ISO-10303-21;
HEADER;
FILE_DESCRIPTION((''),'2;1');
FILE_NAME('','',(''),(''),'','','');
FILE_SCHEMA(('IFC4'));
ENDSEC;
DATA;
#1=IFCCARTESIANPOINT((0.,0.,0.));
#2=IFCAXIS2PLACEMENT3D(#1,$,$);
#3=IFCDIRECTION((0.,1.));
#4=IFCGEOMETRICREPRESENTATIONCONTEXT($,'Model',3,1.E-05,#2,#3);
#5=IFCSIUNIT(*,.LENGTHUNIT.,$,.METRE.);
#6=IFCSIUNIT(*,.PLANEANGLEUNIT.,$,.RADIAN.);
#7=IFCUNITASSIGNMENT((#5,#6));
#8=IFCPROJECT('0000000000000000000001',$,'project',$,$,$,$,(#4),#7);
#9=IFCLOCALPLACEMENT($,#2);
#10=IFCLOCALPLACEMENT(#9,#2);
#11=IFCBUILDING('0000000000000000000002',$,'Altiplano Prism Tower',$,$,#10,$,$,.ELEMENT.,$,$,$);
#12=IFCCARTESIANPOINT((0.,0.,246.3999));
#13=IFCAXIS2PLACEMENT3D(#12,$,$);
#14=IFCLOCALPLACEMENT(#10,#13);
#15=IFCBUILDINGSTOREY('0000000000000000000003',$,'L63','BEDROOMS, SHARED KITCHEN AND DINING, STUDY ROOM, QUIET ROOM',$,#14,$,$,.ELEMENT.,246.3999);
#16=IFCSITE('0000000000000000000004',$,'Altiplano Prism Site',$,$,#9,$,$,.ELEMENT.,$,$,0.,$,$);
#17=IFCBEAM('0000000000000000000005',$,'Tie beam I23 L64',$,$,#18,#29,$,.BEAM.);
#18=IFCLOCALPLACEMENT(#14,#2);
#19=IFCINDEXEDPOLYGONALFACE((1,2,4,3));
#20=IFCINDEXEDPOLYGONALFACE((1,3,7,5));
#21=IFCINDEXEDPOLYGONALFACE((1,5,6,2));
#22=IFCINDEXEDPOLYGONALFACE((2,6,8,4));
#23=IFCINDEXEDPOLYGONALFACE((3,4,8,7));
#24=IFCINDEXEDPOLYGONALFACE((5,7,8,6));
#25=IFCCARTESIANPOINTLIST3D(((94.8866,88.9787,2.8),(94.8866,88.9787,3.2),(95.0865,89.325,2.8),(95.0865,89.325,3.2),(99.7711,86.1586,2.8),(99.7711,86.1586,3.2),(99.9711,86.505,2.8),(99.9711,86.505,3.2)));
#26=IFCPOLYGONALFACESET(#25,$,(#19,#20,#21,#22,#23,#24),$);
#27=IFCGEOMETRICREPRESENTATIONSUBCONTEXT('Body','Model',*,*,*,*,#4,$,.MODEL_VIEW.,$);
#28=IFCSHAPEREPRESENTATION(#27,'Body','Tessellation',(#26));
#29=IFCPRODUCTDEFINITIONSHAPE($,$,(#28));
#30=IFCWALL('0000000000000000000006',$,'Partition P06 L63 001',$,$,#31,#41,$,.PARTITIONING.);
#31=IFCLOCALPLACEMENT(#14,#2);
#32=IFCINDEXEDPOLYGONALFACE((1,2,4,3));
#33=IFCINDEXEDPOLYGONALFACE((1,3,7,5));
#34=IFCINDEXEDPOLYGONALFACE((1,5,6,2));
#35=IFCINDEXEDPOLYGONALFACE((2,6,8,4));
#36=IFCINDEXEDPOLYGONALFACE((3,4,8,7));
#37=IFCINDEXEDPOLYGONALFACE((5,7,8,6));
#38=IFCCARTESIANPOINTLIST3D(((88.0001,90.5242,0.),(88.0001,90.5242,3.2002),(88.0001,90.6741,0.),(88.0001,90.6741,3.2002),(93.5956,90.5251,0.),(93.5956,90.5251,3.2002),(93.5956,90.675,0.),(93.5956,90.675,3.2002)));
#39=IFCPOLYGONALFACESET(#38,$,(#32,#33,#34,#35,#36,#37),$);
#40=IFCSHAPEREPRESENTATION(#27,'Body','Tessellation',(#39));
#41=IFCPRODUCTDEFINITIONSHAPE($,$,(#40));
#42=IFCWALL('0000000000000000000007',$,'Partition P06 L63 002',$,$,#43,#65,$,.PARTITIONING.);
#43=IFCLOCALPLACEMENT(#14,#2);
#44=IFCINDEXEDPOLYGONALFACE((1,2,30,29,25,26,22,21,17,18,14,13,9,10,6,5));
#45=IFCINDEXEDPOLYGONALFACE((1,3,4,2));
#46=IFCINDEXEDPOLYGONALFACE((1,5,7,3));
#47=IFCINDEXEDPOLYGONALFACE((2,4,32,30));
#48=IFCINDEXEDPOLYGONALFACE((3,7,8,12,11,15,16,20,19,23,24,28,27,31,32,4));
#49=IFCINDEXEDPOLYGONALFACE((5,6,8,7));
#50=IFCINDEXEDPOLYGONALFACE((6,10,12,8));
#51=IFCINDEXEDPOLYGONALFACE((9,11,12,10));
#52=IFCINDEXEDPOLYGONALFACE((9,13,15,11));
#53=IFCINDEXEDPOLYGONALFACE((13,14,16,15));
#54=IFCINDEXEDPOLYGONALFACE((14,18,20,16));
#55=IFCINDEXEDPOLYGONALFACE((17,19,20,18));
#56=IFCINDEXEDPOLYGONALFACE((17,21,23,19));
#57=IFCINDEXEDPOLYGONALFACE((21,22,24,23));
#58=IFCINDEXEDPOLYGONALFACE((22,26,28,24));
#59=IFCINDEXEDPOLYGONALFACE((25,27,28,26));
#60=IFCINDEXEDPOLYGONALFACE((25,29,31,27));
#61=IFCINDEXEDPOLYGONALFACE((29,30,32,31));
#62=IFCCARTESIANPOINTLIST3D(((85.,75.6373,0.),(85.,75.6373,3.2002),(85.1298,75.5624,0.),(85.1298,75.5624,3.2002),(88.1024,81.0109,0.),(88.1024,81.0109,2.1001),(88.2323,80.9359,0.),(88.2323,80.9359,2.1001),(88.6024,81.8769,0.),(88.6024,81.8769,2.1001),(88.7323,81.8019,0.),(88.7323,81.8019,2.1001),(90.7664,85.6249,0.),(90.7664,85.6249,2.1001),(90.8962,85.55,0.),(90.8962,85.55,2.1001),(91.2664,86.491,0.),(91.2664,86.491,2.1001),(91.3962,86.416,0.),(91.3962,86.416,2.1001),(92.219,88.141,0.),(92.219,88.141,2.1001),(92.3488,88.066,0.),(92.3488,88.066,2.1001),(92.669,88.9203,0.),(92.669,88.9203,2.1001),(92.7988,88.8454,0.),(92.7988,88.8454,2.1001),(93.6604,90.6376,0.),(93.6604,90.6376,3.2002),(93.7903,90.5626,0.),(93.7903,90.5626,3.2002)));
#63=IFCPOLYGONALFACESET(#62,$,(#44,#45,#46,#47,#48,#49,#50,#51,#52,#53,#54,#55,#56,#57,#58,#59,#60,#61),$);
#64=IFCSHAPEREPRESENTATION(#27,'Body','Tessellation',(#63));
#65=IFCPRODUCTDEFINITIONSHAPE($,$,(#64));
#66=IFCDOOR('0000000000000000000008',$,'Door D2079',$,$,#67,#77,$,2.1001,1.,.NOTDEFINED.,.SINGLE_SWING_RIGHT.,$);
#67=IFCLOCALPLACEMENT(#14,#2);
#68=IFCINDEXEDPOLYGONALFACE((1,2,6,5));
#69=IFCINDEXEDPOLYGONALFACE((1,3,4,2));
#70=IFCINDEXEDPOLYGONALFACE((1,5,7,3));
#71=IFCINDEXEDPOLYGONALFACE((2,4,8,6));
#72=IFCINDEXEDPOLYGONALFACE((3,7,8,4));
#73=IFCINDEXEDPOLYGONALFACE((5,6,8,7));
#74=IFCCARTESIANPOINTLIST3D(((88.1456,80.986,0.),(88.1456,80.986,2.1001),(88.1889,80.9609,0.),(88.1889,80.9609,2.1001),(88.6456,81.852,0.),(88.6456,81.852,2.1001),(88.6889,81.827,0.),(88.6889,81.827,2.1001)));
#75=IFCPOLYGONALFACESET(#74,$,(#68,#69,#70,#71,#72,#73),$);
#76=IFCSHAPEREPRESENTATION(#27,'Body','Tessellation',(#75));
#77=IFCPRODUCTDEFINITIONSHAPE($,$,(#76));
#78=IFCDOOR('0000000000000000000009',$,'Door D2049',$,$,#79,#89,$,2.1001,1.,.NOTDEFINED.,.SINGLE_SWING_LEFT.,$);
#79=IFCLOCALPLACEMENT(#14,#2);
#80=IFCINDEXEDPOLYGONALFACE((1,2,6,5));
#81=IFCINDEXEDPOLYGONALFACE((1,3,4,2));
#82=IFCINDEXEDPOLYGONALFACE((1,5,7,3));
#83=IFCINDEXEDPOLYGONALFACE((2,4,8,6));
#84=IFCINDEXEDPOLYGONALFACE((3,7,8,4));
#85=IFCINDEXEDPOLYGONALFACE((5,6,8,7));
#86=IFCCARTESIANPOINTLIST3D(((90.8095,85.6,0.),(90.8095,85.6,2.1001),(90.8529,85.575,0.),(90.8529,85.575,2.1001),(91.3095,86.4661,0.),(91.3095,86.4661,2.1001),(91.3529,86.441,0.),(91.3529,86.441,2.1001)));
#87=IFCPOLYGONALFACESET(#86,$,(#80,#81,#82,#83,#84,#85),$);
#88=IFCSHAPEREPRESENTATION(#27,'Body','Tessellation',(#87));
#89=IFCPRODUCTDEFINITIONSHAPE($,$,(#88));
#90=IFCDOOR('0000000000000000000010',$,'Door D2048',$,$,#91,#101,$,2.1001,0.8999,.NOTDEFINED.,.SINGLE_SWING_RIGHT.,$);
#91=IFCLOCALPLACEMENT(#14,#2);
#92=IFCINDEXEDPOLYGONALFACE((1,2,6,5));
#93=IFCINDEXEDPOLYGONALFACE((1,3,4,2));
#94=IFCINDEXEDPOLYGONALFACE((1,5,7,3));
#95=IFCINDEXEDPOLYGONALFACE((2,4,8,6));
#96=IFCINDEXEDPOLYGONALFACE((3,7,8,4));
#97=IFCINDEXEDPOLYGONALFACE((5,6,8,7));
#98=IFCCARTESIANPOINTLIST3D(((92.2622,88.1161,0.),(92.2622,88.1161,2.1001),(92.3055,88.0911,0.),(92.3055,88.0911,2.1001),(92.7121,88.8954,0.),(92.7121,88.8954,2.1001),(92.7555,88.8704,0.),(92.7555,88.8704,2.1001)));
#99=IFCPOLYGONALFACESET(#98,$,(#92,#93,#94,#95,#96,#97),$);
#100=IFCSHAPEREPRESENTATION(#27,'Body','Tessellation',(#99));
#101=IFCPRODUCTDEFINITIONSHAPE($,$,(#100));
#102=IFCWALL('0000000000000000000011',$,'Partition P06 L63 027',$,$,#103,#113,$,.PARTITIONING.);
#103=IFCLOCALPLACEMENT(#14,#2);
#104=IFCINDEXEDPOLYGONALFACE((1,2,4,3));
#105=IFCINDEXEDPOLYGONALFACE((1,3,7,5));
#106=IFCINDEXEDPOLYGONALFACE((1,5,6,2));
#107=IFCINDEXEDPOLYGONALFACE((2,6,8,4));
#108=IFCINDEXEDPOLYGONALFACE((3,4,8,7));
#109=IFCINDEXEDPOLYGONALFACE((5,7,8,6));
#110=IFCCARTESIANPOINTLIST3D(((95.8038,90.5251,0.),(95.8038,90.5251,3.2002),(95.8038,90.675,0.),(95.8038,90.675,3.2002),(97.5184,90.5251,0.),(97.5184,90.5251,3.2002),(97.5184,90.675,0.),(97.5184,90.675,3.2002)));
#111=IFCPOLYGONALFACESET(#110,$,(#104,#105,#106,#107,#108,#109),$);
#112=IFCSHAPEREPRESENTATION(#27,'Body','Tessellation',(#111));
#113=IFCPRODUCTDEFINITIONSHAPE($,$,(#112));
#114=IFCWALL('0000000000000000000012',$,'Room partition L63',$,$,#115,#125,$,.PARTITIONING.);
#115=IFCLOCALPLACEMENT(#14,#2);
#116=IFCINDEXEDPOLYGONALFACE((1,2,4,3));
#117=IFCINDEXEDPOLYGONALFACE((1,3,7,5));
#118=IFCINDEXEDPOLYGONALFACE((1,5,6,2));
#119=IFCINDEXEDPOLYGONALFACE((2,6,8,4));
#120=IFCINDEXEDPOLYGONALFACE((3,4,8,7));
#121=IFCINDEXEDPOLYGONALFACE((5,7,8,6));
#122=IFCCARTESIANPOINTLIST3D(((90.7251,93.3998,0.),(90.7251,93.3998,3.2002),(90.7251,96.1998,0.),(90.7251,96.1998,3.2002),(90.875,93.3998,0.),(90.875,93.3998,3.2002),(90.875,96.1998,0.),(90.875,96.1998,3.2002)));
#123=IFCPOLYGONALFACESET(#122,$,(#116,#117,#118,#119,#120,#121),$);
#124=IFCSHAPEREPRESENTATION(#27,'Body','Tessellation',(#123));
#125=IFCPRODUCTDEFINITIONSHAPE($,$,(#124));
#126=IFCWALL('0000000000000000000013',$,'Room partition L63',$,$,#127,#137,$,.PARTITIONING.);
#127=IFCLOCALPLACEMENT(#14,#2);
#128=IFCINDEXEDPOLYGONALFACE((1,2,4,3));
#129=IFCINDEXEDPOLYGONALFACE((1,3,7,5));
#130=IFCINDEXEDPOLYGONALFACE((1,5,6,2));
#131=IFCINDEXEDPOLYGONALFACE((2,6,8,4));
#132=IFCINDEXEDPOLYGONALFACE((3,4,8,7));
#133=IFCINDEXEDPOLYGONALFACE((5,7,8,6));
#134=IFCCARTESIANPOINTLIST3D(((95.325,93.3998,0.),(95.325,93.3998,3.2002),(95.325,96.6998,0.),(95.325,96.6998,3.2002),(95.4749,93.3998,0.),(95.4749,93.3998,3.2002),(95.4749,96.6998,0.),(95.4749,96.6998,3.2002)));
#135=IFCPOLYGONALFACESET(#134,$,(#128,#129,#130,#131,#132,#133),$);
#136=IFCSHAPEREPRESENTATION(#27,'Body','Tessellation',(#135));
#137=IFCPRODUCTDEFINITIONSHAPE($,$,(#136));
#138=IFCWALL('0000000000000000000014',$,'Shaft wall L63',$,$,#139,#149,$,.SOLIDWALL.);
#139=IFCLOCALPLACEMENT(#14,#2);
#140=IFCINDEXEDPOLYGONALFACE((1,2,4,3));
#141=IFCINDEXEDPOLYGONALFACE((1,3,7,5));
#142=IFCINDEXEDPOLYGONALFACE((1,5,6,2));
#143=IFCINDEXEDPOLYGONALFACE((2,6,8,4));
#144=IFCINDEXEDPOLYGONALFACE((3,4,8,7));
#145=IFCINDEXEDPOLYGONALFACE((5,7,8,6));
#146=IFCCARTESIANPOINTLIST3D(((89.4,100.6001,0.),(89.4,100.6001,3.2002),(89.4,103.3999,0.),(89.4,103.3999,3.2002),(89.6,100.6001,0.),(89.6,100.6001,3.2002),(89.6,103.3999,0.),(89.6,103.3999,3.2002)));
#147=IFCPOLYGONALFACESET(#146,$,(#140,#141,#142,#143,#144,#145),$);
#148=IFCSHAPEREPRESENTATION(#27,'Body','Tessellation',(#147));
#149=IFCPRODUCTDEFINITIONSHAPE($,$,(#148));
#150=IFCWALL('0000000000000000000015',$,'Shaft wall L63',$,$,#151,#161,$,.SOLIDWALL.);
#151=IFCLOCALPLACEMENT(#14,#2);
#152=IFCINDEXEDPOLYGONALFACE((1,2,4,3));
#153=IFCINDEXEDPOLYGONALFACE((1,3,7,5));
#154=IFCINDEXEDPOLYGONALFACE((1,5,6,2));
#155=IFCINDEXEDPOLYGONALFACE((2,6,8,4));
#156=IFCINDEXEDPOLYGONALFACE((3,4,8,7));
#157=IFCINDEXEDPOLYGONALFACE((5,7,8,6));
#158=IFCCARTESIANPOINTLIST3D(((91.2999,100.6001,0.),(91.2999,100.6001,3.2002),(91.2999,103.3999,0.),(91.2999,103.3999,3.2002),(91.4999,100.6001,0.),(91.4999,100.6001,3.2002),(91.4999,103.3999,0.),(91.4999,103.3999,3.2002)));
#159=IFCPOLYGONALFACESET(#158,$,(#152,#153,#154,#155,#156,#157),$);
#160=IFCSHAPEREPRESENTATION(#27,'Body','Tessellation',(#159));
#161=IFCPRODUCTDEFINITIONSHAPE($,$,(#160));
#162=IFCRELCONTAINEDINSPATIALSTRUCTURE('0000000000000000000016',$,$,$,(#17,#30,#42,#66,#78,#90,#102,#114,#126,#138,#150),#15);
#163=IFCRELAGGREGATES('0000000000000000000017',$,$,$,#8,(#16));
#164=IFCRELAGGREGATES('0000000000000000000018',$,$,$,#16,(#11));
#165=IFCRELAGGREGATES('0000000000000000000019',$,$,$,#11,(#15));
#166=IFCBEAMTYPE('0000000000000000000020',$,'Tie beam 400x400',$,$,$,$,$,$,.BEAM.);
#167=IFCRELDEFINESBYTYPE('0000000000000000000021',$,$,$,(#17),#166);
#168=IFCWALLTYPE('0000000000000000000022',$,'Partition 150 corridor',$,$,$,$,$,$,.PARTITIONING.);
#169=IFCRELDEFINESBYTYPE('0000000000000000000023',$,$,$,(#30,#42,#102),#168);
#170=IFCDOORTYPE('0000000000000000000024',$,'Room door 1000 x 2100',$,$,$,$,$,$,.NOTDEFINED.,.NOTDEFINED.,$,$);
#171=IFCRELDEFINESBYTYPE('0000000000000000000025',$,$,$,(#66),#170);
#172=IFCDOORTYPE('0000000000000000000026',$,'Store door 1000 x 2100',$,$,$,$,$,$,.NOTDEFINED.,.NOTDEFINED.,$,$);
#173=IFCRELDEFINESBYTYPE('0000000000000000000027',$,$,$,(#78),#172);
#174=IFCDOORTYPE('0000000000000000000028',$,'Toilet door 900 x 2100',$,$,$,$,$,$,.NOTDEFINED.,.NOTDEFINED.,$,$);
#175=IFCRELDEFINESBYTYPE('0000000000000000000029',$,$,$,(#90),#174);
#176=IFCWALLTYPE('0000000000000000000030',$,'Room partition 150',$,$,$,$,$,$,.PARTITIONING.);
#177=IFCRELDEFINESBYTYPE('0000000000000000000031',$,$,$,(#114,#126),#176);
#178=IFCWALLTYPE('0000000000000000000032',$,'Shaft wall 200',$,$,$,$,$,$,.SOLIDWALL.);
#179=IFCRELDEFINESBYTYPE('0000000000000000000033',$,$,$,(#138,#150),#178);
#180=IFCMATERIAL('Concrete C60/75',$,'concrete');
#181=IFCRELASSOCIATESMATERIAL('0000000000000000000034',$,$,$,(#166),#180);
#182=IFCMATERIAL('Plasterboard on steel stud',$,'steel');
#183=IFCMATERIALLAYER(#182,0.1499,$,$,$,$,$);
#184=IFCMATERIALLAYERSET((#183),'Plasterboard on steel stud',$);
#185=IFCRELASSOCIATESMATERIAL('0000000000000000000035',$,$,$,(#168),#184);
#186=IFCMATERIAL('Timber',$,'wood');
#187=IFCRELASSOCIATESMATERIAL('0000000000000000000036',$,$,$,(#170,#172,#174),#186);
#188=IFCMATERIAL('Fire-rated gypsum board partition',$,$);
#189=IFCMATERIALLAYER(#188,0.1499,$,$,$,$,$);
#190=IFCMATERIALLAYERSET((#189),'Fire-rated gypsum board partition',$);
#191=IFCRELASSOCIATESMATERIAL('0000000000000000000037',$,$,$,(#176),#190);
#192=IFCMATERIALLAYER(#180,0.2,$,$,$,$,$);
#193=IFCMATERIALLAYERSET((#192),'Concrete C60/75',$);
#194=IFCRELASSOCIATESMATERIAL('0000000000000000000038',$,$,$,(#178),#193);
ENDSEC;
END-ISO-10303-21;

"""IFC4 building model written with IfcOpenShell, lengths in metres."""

from ifc_helpers import new_model, si_unit, direction, frame, frame_2d, origin, origin_2d, place, context, subcontext, project, spatial, rectangle, extrude, material, layer, layer_set, material_profile, profile_set, type_object, element, fill, save


model = new_model("IFC4")

# Units and contexts
model_context = context("Model", 3, precision=1e-05, world=origin(), true_north=direction((0.0, 1.0)))
body_context = subcontext(model_context, "Body", "Model", "MODEL_VIEW")
ifc_project = project(units=[si_unit("LENGTHUNIT", "METRE"), si_unit("PLANEANGLEUNIT", "RADIAN")], contexts=[model_context])

# Site, building, storey
site_placement = place(None, origin())
site = spatial("IfcSite", under=ifc_project, at=site_placement, Name="Altiplano Prism Site", CompositionType="ELEMENT", RefElevation=0.0)
building_placement = place(site_placement, origin())
building = spatial("IfcBuilding", under=site, at=building_placement, Name="Altiplano Prism Tower", CompositionType="ELEMENT")
storey_placement = place(building_placement, frame((0.0, 0.0, 246.3999)))
storey = spatial("IfcBuildingStorey", under=building, at=storey_placement, Name="L63", Description="BEDROOMS, SHARED KITCHEN AND DINING, STUDY ROOM, QUIET ROOM", CompositionType="ELEMENT", Elevation=246.3999)

# Beam
ifc_material_1 = material(Name="Concrete C60/75", Category="concrete")
ifc_material_profile = material_profile(ifc_material_1, rectangle(XDim=0.3999, YDim=0.3999, at=origin_2d()), Name="Tie beam 400x400")
ifc_profile_set = profile_set([ifc_material_profile], Name="Concrete C60/75")
beam_type = type_object("IfcBeamType", Name="Tie beam 400x400", PredefinedType="BEAM", material=ifc_profile_set)
beam_placement = place(storey_placement, frame((94.9866, 89.1519, 3.0), z_axis=(0.866026, -0.499998, 0.0), x_axis=(0.499998, 0.866026, 0.0)))
element("IfcBeam", 1, at=beam_placement, inside=storey, type_object=beam_type, Name="Tie beam I23 L64", PredefinedType="BEAM", context=body_context, shape_type="SweptSolid", body=[
    extrude(rectangle(XDim=0.3999, YDim=0.3999, at=origin_2d()), origin(), (0.0, 0.0, 1.0), 5.6401),
])

# Wall
ifc_material_2 = material(Name="Plasterboard on steel stud", Category="steel")
ifc_layer_1 = layer(ifc_material_2, 0.1499)
ifc_layer_set_1 = layer_set([ifc_layer_1], Name="Plasterboard on steel stud")
wall_type_1 = type_object("IfcWallType", Name="Partition 150 corridor", PredefinedType="PARTITIONING", material=ifc_layer_set_1)
wall_1_placement = place(storey_placement, frame((88.0, 90.5991, 0.0), z_axis=(0.0, 0.0, 1.0), x_axis=(1.0, 0.000175, 0.0)))
element("IfcWall", 2, at=wall_1_placement, inside=storey, type_object=wall_type_1, Name="Partition P06 L63 001", PredefinedType="PARTITIONING", context=body_context, shape_type="SweptSolid", body=[
    extrude(rectangle(XDim=5.5955, YDim=0.1499, at=frame_2d((2.7979, 0.0))), origin(), (0.0, 0.0, 1.0), 3.2002),
])

# Wall, openings, doors
wall_2_placement = place(storey_placement, frame((93.7253, 90.6001, 0.0), z_axis=(0.0, 0.0, 1.0), x_axis=(-0.5, -0.866025, 0.0)))
wall_2 = element("IfcWall", 3, at=wall_2_placement, inside=storey, type_object=wall_type_1, Name="Partition P06 L63 002", PredefinedType="PARTITIONING", context=body_context, shape_type="SweptSolid", body=[
    extrude(rectangle(XDim=17.3208, YDim=0.1499, at=frame_2d((8.6604, 0.0))), origin(), (0.0, 0.0, 1.0), 3.2002),
])
opening_1_placement = place(wall_2_placement, frame((1.9829, 0.0, 0.0)))
opening_1 = element("IfcOpeningElement", 4, at=opening_1_placement, cuts=wall_2, PredefinedType="OPENING", context=body_context, shape_type="SweptSolid", body=[
    extrude(rectangle(XDim=0.8999, YDim=2.1001, at=frame_2d((0.45, 1.05))), frame((0.0, 0.0854, 0.0), z_axis=(0.0, -1.0, 0.0), x_axis=(1.0, 0.0, 0.0)), (0.0, 0.0, 1.0), 0.1709),
])
opening_2_placement = place(wall_2_placement, frame((4.7881, 0.0, 0.0)))
opening_2 = element("IfcOpeningElement", 5, at=opening_2_placement, cuts=wall_2, PredefinedType="OPENING", context=body_context, shape_type="SweptSolid", body=[
    extrude(rectangle(XDim=1.0, YDim=2.1001, at=frame_2d((0.5, 1.05))), frame((0.0, 0.0854, 0.0), z_axis=(0.0, -1.0, 0.0), x_axis=(1.0, 0.0, 0.0)), (0.0, 0.0, 1.0), 0.1709),
])
opening_3_placement = place(wall_2_placement, frame((10.116, 0.0, 0.0)))
opening_3 = element("IfcOpeningElement", 6, at=opening_3_placement, cuts=wall_2, PredefinedType="OPENING", context=body_context, shape_type="SweptSolid", body=[
    extrude(rectangle(XDim=1.0, YDim=2.1001, at=frame_2d((0.5, 1.05))), frame((0.0, 0.0854, 0.0), z_axis=(0.0, -1.0, 0.0), x_axis=(1.0, 0.0, 0.0)), (0.0, 0.0, 1.0), 0.1709),
])
ifc_material_3 = material(Name="Timber", Category="wood")
door_type_1 = type_object("IfcDoorType", Name="Room door 1000 x 2100", OperationType="NOTDEFINED", PredefinedType="NOTDEFINED", material=ifc_material_3)
door_1_placement = place(opening_3_placement, origin())
door_1 = element("IfcDoor", 7, at=door_1_placement, inside=storey, type_object=door_type_1, Name="Door D2079", OperationType="SINGLE_SWING_RIGHT", OverallHeight=2.1001, OverallWidth=1.0, PredefinedType="NOTDEFINED", context=body_context, shape_type="SweptSolid", body=[
    extrude(rectangle(XDim=1.0, YDim=2.1001, at=frame_2d((0.5, 1.05))), frame((0.0, 0.0249, 0.0), z_axis=(0.0, -1.0, 0.0), x_axis=(1.0, 0.0, 0.0)), (0.0, 0.0, 1.0), 0.05),
])
fill(opening_3, door_1)
door_type_2 = type_object("IfcDoorType", Name="Store door 1000 x 2100", OperationType="NOTDEFINED", PredefinedType="NOTDEFINED", material=ifc_material_3)
door_2_placement = place(opening_2_placement, origin())
door_2 = element("IfcDoor", 8, at=door_2_placement, inside=storey, type_object=door_type_2, Name="Door D2049", OperationType="SINGLE_SWING_LEFT", OverallHeight=2.1001, OverallWidth=1.0, PredefinedType="NOTDEFINED", context=body_context, shape_type="SweptSolid", body=[
    extrude(rectangle(XDim=1.0, YDim=2.1001, at=frame_2d((0.5, 1.05))), frame((0.0, 0.0249, 0.0), z_axis=(0.0, -1.0, 0.0), x_axis=(1.0, 0.0, 0.0)), (0.0, 0.0, 1.0), 0.05),
])
fill(opening_2, door_2)
door_type_3 = type_object("IfcDoorType", Name="Toilet door 900 x 2100", OperationType="NOTDEFINED", PredefinedType="NOTDEFINED", material=ifc_material_3)
door_3_placement = place(opening_1_placement, origin())
door_3 = element("IfcDoor", 9, at=door_3_placement, inside=storey, type_object=door_type_3, Name="Door D2048", OperationType="SINGLE_SWING_RIGHT", OverallHeight=2.1001, OverallWidth=0.8999, PredefinedType="NOTDEFINED", context=body_context, shape_type="SweptSolid", body=[
    extrude(rectangle(XDim=0.8999, YDim=2.1001, at=frame_2d((0.45, 1.05))), frame((0.0, 0.0249, 0.0), z_axis=(0.0, -1.0, 0.0), x_axis=(1.0, 0.0, 0.0)), (0.0, 0.0, 1.0), 0.05),
])
fill(opening_1, door_3)

# Walls
wall_3_placement = place(storey_placement, frame((95.8037, 90.6001, 0.0), z_axis=(0.0, 0.0, 1.0), x_axis=(1.0, 0.0, 0.0)))
element("IfcWall", 10, at=wall_3_placement, inside=storey, type_object=wall_type_1, Name="Partition P06 L63 027", PredefinedType="PARTITIONING", context=body_context, shape_type="SweptSolid", body=[
    extrude(rectangle(XDim=1.7146, YDim=0.1499, at=frame_2d((0.8574, 0.0))), origin(), (0.0, 0.0, 1.0), 3.2002),
])
ifc_material_4 = material(Name="Fire-rated gypsum board partition")
ifc_layer_2 = layer(ifc_material_4, 0.1499)
ifc_layer_set_2 = layer_set([ifc_layer_2], Name="Fire-rated gypsum board partition")
wall_type_2 = type_object("IfcWallType", Name="Room partition 150", PredefinedType="PARTITIONING", material=ifc_layer_set_2)
wall_4_placement = place(storey_placement, frame((90.8, 93.3999, 0.0), z_axis=(0.0, 0.0, 1.0), x_axis=(0.0, 1.0, 0.0)))
element("IfcWall", 11, at=wall_4_placement, inside=storey, type_object=wall_type_2, Name="Room partition L63", PredefinedType="PARTITIONING", context=body_context, shape_type="SweptSolid", body=[
    extrude(rectangle(XDim=2.8, YDim=0.1499, at=frame_2d((1.3999, 0.0))), origin(), (0.0, 0.0, 1.0), 3.2002),
])
wall_5_placement = place(storey_placement, frame((95.3999, 93.3999, 0.0), z_axis=(0.0, 0.0, 1.0), x_axis=(0.0, 1.0, 0.0)))
element("IfcWall", 12, at=wall_5_placement, inside=storey, type_object=wall_type_2, Name="Room partition L63", PredefinedType="PARTITIONING", context=body_context, shape_type="SweptSolid", body=[
    extrude(rectangle(XDim=3.3, YDim=0.1499, at=frame_2d((1.6499, 0.0))), origin(), (0.0, 0.0, 1.0), 3.2002),
])
ifc_layer_3 = layer(ifc_material_1, 0.2)
ifc_layer_set_3 = layer_set([ifc_layer_3], Name="Concrete C60/75")
wall_type_3 = type_object("IfcWallType", Name="Shaft wall 200", PredefinedType="SOLIDWALL", material=ifc_layer_set_3)
for number, where, z_axis, x_axis, name in (
    (13, (89.5, 100.6001, 0.0), (0.0, 0.0, 1.0), (0.0, 1.0, 0.0), "Shaft wall L63"),
    (14, (91.3999, 100.6001, 0.0), (0.0, 0.0, 1.0), (0.0, 1.0, 0.0), "Shaft wall L63"),
):
    element("IfcWall", number, at=place(storey_placement, frame(where, z_axis=z_axis, x_axis=x_axis)), inside=storey, type_object=wall_type_3, Name=name, PredefinedType="SOLIDWALL", context=body_context, shape_type="SweptSolid", body=[
        extrude(rectangle(XDim=2.7998, YDim=0.2, at=frame_2d((1.3999, 0.0))), origin(), (0.0, 0.0, 1.0), 3.2002),
    ])

save(model, "model.ifc")
